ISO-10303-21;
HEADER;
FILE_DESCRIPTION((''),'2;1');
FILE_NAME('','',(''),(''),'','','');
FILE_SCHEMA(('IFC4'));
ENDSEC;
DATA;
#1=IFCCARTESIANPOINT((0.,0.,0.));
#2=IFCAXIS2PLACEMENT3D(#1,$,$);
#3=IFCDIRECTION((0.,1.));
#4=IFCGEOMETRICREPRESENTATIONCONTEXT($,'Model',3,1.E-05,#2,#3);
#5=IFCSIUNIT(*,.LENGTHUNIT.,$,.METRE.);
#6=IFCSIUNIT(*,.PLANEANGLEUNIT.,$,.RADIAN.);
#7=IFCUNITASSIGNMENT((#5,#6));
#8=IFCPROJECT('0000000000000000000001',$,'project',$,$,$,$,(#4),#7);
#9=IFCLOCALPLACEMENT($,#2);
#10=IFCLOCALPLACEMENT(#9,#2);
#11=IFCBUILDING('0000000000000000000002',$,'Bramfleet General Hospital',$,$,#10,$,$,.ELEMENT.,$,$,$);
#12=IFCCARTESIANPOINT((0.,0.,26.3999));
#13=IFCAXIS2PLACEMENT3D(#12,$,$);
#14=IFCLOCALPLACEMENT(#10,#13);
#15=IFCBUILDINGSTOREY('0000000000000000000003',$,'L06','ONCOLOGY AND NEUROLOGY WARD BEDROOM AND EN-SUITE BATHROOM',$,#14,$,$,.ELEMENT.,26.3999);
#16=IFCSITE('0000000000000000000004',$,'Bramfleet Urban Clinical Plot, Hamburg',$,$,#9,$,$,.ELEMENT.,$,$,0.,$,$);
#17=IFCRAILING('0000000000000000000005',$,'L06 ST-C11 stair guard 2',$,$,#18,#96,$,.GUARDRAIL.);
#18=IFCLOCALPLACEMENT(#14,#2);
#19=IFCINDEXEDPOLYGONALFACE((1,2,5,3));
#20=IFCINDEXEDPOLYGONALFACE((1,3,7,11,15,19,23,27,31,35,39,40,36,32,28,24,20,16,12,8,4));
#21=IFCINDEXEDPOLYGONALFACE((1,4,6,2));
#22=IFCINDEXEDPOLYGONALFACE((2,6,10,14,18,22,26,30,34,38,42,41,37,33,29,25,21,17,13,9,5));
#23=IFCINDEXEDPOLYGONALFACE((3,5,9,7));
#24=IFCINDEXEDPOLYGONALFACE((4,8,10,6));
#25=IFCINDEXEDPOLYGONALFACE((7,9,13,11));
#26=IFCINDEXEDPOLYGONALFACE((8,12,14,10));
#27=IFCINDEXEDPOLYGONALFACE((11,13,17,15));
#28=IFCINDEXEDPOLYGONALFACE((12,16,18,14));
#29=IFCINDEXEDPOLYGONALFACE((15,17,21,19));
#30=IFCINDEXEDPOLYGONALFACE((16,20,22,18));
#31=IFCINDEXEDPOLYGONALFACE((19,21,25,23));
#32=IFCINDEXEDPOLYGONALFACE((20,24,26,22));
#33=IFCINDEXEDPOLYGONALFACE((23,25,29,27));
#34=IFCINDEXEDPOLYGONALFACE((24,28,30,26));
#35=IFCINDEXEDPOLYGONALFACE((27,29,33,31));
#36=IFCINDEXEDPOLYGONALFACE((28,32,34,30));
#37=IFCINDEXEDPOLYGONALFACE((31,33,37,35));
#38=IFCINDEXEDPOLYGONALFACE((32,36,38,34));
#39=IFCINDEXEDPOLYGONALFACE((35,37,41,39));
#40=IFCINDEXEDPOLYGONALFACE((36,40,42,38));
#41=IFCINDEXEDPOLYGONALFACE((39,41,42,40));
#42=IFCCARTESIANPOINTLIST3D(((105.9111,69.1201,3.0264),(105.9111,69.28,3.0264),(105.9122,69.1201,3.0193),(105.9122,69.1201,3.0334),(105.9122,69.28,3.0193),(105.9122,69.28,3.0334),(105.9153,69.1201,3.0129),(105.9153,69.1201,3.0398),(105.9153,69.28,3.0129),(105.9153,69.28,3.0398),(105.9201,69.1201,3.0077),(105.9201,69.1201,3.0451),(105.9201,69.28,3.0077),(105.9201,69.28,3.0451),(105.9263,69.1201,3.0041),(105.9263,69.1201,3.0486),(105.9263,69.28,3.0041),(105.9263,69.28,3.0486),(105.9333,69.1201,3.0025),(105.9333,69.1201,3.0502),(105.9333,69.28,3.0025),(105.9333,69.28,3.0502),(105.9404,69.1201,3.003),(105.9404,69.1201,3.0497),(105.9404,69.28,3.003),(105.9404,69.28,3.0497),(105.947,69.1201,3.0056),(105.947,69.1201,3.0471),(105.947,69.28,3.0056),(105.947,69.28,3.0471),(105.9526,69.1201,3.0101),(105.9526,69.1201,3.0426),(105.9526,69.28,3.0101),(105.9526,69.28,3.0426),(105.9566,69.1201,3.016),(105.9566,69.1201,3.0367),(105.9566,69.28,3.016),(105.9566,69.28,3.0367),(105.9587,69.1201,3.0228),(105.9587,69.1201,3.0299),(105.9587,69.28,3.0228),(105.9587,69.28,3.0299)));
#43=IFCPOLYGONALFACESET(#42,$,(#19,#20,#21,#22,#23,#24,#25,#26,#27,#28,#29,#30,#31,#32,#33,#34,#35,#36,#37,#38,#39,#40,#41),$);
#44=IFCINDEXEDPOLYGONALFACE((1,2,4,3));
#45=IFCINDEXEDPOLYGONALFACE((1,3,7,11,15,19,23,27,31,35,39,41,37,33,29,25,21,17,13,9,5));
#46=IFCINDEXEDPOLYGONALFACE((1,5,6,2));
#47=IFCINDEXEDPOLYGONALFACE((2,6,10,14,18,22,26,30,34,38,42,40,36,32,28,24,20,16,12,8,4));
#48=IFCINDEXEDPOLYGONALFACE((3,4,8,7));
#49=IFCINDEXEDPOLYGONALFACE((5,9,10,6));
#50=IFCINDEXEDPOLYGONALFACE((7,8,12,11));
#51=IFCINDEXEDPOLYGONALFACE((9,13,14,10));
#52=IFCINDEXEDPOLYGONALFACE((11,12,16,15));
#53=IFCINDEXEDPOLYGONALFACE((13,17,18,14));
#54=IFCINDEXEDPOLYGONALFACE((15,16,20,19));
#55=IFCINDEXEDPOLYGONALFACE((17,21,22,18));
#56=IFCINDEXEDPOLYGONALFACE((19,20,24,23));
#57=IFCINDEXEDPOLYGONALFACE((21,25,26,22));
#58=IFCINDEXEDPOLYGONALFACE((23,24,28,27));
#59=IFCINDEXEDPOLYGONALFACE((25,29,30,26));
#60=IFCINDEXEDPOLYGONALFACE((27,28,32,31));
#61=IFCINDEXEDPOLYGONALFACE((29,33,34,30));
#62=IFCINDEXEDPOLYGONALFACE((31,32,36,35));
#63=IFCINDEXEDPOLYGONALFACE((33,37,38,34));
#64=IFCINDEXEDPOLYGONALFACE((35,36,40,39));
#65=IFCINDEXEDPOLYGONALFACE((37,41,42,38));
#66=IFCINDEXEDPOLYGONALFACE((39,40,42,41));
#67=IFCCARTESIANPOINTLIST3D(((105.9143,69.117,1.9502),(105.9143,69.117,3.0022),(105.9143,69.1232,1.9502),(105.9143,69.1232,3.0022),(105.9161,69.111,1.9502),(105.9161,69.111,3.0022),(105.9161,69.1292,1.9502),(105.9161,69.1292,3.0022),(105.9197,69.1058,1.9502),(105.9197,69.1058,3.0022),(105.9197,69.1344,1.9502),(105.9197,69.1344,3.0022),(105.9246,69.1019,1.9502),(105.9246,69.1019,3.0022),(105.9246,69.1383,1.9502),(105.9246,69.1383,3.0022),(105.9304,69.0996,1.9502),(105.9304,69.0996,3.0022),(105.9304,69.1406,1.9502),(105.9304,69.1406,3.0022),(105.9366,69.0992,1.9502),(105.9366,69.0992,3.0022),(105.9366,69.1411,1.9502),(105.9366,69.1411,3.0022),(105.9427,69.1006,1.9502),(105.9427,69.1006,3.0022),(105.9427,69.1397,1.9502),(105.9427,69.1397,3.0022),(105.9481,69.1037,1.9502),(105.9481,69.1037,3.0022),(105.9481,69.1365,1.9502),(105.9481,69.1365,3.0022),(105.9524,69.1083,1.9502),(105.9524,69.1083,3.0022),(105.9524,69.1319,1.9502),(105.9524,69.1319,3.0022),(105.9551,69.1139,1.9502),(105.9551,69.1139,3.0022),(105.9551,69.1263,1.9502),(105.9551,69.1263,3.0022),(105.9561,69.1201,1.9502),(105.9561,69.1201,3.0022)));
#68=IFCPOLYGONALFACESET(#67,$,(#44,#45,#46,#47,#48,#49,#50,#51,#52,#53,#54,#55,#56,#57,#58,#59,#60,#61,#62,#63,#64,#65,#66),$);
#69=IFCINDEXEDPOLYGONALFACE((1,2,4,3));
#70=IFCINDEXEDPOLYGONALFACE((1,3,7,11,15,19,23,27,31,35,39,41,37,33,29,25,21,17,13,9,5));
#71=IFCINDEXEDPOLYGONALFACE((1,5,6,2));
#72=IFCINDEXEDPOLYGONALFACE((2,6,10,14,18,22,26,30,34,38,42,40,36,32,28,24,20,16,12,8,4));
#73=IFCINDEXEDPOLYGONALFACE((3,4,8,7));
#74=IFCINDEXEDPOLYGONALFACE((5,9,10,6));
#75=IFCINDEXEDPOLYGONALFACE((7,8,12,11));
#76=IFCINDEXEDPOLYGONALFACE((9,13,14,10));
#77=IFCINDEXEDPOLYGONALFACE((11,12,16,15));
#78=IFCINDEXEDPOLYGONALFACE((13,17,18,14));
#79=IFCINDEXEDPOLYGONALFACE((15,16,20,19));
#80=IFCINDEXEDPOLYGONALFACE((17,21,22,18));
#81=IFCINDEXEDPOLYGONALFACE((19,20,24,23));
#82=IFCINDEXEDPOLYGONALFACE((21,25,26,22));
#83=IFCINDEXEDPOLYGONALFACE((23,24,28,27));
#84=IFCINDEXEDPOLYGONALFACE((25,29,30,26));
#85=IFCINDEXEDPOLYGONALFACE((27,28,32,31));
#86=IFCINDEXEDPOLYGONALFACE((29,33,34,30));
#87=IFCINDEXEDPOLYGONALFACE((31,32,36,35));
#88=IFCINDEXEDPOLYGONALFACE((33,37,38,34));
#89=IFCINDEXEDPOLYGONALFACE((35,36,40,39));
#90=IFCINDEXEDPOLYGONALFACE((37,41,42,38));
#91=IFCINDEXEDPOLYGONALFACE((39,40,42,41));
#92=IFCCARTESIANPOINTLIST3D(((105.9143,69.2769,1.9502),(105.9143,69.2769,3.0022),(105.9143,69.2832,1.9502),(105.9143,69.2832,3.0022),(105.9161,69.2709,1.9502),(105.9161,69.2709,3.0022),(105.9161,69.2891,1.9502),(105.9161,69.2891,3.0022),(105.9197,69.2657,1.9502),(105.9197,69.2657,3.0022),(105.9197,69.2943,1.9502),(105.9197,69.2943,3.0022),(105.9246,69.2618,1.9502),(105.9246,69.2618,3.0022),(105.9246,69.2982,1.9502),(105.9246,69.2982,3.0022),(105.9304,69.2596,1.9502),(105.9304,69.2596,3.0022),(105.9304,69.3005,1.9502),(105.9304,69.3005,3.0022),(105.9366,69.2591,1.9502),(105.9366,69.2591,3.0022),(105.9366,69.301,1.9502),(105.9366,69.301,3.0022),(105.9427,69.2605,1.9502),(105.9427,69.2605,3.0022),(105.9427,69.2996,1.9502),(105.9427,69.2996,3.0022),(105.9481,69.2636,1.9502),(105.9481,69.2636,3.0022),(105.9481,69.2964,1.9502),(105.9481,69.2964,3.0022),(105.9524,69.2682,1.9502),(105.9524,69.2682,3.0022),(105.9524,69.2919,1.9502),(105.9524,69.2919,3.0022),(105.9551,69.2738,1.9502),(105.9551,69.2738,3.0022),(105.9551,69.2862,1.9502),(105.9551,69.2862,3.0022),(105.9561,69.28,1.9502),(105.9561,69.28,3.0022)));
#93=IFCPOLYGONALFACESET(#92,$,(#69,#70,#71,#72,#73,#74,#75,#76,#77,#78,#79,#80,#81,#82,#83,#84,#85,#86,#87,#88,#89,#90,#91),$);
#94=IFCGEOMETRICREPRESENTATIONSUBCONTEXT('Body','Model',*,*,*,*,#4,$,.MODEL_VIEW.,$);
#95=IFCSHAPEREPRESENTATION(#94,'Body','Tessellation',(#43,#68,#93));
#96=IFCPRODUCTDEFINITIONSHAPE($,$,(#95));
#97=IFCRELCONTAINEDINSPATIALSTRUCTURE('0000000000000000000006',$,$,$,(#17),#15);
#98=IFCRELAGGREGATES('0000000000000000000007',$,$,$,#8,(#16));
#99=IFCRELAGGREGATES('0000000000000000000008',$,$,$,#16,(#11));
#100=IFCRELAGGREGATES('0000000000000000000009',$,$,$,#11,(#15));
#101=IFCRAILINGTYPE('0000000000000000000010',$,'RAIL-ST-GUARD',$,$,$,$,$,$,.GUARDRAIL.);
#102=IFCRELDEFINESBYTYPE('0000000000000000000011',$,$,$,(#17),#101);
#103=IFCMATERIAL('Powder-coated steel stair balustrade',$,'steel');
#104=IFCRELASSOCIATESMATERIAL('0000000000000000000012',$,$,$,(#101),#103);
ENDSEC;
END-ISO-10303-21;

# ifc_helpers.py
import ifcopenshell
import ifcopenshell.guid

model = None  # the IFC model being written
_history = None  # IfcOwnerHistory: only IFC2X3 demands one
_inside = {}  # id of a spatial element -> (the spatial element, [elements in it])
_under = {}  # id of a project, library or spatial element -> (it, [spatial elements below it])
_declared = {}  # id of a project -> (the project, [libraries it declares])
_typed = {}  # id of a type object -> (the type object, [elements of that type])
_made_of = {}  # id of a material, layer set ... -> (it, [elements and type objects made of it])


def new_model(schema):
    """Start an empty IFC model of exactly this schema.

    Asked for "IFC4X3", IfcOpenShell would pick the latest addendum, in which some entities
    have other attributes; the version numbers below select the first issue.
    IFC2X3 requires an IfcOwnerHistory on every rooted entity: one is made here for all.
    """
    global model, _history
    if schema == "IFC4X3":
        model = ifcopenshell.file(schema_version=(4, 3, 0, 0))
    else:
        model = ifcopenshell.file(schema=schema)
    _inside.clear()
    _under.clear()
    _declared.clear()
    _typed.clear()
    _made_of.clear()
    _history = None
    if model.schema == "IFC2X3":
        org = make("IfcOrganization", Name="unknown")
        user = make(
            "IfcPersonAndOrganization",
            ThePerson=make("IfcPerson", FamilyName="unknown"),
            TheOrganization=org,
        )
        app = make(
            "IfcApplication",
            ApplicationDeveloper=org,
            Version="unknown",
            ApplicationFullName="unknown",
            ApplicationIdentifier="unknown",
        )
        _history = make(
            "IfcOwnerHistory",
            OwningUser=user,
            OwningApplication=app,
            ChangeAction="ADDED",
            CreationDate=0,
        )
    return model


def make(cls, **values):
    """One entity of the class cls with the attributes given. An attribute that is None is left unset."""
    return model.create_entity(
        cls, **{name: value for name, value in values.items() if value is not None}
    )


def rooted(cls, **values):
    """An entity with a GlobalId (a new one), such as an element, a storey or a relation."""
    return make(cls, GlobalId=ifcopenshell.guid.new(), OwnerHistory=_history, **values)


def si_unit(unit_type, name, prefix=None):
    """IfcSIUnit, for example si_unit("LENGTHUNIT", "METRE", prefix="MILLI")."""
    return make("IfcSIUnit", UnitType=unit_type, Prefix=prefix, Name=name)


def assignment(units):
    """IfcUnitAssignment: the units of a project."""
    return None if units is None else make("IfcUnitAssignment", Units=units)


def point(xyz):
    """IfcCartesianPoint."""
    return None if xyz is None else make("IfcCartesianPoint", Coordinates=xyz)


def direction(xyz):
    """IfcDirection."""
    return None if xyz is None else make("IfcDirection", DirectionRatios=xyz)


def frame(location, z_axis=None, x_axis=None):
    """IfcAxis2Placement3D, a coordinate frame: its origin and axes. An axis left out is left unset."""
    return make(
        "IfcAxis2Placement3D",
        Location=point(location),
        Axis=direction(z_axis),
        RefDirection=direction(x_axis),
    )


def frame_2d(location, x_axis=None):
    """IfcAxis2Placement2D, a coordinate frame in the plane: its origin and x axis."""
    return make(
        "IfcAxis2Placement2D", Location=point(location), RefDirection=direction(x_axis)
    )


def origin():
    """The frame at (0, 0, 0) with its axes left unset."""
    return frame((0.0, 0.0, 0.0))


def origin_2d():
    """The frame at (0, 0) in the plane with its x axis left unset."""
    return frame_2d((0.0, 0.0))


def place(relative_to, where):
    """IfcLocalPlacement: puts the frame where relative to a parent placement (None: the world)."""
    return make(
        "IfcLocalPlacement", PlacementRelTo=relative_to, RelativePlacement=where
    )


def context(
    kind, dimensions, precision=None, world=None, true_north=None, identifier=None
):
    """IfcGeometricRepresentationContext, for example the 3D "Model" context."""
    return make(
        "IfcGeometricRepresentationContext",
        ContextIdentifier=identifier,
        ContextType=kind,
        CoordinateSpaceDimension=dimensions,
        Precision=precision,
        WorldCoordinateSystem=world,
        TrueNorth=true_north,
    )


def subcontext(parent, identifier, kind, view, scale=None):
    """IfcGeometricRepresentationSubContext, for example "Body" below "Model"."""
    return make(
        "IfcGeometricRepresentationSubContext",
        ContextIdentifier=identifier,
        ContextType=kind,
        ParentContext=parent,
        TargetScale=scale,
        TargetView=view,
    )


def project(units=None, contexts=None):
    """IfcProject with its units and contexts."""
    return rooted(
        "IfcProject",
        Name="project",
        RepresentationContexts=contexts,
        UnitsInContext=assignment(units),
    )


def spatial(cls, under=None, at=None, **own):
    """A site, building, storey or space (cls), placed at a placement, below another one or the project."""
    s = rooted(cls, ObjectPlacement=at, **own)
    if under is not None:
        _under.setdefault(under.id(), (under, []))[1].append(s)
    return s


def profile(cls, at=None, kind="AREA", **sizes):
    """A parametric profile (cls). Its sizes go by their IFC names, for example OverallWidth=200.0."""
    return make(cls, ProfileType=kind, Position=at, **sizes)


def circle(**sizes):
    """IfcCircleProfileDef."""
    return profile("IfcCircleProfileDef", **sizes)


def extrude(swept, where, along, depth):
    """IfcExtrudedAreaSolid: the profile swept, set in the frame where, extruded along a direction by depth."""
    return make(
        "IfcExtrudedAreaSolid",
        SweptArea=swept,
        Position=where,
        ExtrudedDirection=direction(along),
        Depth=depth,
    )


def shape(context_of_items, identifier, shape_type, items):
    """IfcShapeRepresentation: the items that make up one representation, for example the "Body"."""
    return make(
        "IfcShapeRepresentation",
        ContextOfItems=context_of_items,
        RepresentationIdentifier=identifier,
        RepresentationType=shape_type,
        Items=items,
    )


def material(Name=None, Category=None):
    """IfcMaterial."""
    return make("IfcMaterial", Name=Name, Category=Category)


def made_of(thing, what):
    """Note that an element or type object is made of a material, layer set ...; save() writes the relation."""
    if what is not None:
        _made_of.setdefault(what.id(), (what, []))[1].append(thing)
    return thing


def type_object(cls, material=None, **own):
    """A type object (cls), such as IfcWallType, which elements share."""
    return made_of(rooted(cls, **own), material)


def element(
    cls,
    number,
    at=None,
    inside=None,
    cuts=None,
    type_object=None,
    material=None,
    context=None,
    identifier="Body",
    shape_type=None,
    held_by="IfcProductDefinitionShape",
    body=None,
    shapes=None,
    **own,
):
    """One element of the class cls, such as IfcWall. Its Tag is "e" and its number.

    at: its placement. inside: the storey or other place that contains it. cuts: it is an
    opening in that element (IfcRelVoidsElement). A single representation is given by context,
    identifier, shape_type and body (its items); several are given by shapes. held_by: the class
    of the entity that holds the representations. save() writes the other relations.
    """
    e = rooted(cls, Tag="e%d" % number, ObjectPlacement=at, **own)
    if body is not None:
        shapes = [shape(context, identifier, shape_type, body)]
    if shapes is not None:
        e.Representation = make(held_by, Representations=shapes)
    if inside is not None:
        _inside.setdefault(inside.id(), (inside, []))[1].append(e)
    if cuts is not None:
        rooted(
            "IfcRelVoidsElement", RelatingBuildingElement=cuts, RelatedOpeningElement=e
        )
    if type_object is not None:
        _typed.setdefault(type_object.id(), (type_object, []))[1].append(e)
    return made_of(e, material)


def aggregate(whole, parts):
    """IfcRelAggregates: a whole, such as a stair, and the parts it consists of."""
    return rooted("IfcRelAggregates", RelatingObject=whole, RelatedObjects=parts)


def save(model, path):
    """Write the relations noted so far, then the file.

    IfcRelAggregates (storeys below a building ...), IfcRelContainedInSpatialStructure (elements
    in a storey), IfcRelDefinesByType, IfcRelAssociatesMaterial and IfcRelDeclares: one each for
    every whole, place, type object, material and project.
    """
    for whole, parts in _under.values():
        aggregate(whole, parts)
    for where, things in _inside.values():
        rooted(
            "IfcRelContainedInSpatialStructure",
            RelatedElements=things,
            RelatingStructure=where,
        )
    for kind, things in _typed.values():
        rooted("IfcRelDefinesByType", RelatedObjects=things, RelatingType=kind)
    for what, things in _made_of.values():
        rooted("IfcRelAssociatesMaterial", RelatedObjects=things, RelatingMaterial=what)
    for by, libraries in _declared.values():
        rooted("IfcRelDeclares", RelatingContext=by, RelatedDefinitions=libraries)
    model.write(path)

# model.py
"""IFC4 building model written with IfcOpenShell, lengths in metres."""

from ifc_helpers import new_model, si_unit, direction, frame, origin, origin_2d, place, context, subcontext, project, spatial, circle, extrude, material, type_object, element, save


model = new_model("IFC4")

# Units and contexts
model_context = context("Model", 3, precision=1e-05, world=origin(), true_north=direction((0.0, 1.0)))
body_context = subcontext(model_context, "Body", "Model", "MODEL_VIEW")
ifc_project = project(units=[si_unit("LENGTHUNIT", "METRE"), si_unit("PLANEANGLEUNIT", "RADIAN")], contexts=[model_context])

# Site, building, storey
site_placement = place(None, origin())
site = spatial("IfcSite", under=ifc_project, at=site_placement, Name="Bramfleet Urban Clinical Plot, Hamburg", CompositionType="ELEMENT", RefElevation=0.0)
building_placement = place(site_placement, origin())
building = spatial("IfcBuilding", under=site, at=building_placement, Name="Bramfleet General Hospital", CompositionType="ELEMENT")
storey_placement = place(building_placement, frame((0.0, 0.0, 26.3999)))
storey = spatial("IfcBuildingStorey", under=building, at=storey_placement, Name="L06", Description="ONCOLOGY AND NEUROLOGY WARD BEDROOM AND EN-SUITE BATHROOM", CompositionType="ELEMENT", Elevation=26.3999)

# Railing
ifc_material_1 = material(Name="Powder-coated steel stair balustrade", Category="steel")
railing_type_1 = type_object("IfcRailingType", Name="RAIL-ST-GUARD", PredefinedType="GUARDRAIL", material=ifc_material_1)
railing_1_placement = place(storey_placement, frame((105.9351, 69.1201, 1.9502)))
element("IfcRailing", 1, at=railing_1_placement, inside=storey, type_object=railing_type_1, Name="L06 ST-C11 stair guard 2", PredefinedType="GUARDRAIL", context=body_context, shape_type="SweptSolid", body=[
    extrude(circle(Radius=0.0239, at=origin_2d()), frame((0.0, 0.0, 1.0762), z_axis=(0.0, 1.0, 0.0), x_axis=(-1.0, 0.0, 0.0)), (0.0, 0.0, 1.0), 0.1599),
    extrude(circle(Radius=0.021, at=origin_2d()), origin(), (0.0, 0.0, 1.0), 1.052),
    extrude(circle(Radius=0.021, at=origin_2d()), frame((0.0, 0.1599, 0.0)), (0.0, 0.0, 1.0), 1.052),
])

save(model, "model.ifc")
